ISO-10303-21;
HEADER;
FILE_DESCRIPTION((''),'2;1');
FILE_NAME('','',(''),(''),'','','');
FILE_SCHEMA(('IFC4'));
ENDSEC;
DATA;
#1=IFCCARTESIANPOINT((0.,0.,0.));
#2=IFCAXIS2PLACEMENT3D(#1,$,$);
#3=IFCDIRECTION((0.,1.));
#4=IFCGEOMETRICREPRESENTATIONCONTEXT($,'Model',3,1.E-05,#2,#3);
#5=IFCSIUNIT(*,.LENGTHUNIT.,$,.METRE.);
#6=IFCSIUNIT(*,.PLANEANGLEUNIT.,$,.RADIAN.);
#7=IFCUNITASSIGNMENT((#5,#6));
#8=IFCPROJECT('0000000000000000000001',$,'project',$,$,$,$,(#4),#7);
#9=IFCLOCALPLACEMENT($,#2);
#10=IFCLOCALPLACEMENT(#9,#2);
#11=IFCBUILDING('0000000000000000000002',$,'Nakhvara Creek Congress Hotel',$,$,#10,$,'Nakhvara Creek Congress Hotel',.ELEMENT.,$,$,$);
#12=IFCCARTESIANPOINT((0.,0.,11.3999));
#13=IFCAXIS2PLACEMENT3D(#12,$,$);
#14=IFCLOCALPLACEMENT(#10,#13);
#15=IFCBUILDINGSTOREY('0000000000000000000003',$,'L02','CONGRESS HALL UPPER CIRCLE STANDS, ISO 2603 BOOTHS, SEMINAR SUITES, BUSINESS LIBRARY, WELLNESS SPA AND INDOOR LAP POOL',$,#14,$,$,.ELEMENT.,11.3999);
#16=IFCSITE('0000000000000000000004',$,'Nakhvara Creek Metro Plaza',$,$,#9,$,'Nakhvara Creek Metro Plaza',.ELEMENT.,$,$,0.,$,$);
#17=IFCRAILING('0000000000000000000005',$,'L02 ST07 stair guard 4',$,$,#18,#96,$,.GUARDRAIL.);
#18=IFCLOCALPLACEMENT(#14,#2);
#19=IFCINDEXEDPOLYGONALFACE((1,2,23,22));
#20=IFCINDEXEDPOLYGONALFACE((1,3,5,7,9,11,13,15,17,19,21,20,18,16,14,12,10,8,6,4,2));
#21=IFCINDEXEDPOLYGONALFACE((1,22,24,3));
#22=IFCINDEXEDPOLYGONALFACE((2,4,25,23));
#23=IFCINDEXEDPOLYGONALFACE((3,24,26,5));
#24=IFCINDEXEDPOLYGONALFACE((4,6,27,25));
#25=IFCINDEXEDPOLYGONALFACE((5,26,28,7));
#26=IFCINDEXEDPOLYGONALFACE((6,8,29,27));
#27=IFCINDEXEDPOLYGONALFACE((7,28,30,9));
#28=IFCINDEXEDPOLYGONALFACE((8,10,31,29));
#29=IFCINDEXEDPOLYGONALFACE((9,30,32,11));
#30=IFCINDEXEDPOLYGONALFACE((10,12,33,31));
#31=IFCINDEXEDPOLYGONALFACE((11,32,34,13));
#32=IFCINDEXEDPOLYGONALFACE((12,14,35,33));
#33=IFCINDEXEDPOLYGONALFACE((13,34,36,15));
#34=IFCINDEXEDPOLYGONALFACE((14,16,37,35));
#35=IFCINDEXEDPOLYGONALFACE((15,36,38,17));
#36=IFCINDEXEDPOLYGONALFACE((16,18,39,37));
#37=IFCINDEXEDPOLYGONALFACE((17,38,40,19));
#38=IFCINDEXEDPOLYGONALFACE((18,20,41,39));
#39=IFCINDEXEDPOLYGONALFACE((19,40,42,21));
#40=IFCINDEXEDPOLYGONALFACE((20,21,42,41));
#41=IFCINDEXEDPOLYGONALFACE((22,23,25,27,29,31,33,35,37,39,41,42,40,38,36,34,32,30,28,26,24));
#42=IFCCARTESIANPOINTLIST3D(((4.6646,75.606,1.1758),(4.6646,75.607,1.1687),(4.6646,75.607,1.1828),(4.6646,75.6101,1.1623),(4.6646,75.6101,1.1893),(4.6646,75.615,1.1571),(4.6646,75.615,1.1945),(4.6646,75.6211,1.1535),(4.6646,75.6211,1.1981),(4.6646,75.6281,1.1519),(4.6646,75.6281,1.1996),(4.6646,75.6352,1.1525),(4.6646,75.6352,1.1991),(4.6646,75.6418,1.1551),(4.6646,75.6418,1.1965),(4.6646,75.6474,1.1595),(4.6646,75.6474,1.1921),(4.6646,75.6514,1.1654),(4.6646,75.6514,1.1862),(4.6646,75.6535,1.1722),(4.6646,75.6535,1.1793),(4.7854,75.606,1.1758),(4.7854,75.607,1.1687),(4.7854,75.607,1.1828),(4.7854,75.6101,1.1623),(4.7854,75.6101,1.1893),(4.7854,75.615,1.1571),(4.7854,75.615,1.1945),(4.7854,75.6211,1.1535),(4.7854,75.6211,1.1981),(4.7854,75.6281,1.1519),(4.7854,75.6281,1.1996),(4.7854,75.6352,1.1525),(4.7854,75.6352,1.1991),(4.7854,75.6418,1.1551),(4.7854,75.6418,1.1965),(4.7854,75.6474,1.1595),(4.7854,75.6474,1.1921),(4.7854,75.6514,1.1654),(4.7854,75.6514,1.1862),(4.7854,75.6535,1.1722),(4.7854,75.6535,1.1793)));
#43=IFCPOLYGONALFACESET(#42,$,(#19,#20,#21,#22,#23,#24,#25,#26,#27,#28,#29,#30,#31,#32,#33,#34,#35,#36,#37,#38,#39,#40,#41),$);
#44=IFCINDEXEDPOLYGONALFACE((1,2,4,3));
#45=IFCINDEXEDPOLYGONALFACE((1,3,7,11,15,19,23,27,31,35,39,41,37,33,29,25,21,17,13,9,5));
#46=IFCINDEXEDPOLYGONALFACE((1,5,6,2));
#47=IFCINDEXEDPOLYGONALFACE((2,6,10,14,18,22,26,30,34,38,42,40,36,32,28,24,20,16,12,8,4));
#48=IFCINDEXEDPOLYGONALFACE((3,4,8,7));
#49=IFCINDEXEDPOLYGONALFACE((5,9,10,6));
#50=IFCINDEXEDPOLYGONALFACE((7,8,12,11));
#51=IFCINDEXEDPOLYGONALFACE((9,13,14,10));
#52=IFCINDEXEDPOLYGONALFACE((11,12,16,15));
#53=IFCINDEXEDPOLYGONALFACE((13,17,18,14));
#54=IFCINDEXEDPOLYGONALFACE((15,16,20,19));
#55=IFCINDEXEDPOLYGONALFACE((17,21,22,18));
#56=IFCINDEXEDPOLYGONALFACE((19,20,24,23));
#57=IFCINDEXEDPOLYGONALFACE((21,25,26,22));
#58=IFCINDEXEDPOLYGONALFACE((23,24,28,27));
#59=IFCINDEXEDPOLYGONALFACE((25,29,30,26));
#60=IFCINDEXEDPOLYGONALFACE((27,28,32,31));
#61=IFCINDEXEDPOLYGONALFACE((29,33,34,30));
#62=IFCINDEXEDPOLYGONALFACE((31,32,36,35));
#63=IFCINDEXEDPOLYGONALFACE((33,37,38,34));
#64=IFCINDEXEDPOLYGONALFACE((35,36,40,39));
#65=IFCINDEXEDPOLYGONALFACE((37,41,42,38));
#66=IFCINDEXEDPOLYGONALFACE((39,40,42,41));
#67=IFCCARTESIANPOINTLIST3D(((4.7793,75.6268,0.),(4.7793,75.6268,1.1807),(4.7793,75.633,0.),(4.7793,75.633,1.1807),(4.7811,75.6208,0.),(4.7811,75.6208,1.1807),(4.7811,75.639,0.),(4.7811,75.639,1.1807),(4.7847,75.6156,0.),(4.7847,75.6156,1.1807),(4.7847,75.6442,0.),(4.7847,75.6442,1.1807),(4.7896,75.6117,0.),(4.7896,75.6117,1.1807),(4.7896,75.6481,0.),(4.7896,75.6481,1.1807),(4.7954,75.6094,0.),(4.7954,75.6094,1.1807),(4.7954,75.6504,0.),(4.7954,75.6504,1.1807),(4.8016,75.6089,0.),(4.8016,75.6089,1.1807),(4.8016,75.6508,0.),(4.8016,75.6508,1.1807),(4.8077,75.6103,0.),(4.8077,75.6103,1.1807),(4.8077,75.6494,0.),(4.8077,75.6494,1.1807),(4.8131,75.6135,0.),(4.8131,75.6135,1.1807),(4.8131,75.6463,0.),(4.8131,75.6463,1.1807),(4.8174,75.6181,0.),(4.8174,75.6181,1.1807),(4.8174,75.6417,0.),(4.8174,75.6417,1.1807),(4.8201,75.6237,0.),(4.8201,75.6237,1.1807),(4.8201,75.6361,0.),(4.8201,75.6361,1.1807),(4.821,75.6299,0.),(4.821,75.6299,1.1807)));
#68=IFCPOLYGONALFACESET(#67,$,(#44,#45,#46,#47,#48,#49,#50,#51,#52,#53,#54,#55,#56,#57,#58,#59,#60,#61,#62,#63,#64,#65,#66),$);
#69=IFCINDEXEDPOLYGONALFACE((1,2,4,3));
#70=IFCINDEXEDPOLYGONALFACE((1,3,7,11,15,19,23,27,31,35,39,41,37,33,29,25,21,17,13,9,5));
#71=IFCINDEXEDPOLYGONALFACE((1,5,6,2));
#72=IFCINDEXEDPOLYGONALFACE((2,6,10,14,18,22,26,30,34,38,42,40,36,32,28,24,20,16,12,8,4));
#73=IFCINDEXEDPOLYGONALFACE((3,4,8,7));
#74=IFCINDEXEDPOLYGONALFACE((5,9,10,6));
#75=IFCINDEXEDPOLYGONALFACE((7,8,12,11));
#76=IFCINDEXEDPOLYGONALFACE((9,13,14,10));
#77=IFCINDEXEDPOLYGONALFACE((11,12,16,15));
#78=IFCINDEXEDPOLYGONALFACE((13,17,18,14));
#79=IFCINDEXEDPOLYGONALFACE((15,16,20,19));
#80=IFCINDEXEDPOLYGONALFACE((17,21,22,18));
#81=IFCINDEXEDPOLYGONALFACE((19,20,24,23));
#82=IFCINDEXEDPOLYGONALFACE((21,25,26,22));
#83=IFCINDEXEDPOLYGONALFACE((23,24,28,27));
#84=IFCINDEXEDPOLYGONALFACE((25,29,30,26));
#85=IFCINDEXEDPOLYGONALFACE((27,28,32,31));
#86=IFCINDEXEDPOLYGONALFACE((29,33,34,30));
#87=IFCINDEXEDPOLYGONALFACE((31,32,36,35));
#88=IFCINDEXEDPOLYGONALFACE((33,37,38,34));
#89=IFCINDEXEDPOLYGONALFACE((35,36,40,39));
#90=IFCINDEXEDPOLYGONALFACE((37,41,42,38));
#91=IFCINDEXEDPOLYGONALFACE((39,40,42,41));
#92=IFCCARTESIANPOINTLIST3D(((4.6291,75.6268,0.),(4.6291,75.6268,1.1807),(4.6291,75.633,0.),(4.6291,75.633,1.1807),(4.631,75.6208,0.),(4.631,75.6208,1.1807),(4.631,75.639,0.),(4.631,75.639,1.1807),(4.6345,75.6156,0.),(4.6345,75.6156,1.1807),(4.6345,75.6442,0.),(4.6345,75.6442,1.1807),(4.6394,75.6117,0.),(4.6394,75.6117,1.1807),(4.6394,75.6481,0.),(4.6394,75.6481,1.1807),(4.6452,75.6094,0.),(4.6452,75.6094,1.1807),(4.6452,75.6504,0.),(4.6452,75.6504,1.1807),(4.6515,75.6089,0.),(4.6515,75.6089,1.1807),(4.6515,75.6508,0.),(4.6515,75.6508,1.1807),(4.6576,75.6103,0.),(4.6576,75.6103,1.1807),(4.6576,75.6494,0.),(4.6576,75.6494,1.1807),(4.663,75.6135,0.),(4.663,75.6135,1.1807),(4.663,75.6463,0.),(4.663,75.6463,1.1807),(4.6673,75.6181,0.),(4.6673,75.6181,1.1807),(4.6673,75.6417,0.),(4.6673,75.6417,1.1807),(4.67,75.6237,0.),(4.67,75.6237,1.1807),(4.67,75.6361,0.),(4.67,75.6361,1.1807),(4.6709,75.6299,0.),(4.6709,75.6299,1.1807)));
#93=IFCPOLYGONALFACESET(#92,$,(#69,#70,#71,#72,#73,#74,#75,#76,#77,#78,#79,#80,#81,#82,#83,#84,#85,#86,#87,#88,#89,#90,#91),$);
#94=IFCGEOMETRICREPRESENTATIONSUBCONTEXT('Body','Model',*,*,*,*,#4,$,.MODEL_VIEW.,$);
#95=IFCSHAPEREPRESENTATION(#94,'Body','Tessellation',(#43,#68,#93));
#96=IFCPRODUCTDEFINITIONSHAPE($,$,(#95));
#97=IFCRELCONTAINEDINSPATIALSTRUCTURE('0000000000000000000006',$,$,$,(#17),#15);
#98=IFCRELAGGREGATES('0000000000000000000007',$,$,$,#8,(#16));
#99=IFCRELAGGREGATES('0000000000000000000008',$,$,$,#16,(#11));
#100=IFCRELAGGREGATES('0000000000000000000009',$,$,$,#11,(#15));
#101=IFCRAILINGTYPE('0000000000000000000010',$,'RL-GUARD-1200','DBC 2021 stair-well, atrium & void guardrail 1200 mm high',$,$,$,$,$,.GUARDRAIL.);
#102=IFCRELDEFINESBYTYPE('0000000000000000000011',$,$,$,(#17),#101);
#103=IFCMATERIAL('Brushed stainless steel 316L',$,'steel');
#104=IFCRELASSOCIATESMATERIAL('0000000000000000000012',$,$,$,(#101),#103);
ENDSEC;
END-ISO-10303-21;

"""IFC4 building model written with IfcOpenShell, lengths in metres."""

from ifc_helpers import new_model, si_unit, direction, frame, origin, origin_2d, place, context, subcontext, project, spatial, circle, extrude, material, type_object, element, save


model = new_model("IFC4")

# Units and contexts
model_context = context("Model", 3, precision=1e-05, world=origin(), true_north=direction((0.0, 1.0)))
body_context = subcontext(model_context, "Body", "Model", "MODEL_VIEW")
ifc_project = project(units=[si_unit("LENGTHUNIT", "METRE"), si_unit("PLANEANGLEUNIT", "RADIAN")], contexts=[model_context])

# Site, building, storey
site_placement = place(None, origin())
site = spatial("IfcSite", under=ifc_project, at=site_placement, Name="Nakhvara Creek Metro Plaza", LongName="Nakhvara Creek Metro Plaza", CompositionType="ELEMENT", RefElevation=0.0)
building_placement = place(site_placement, origin())
building = spatial("IfcBuilding", under=site, at=building_placement, Name="Nakhvara Creek Congress Hotel", LongName="Nakhvara Creek Congress Hotel", CompositionType="ELEMENT")
storey_placement = place(building_placement, frame((0.0, 0.0, 11.3999)))
storey = spatial("IfcBuildingStorey", under=building, at=storey_placement, Name="L02", Description="CONGRESS HALL UPPER CIRCLE STANDS, ISO 2603 BOOTHS, SEMINAR SUITES, BUSINESS LIBRARY, WELLNESS SPA AND INDOOR LAP POOL", CompositionType="ELEMENT", Elevation=11.3999)

# Railing
ifc_material_1 = material(Name="Brushed stainless steel 316L", Category="steel")
railing_type_1 = type_object("IfcRailingType", Name="RL-GUARD-1200", Description="DBC 2021 stair-well, atrium & void guardrail 1200 mm high", PredefinedType="GUARDRAIL", material=ifc_material_1)
railing_1_placement = place(storey_placement, frame((4.8, 75.6299, 0.0)))
element("IfcRailing", 1, at=railing_1_placement, inside=storey, type_object=railing_type_1, Name="L02 ST07 stair guard 4", PredefinedType="GUARDRAIL", context=body_context, shape_type="SweptSolid", body=[
    extrude(circle(Radius=0.0239, at=origin_2d()), frame((-0.0146, 0.0, 1.1758), z_axis=(-1.0, 0.0, 0.0), x_axis=(0.0, -1.0, 0.0)), (0.0, 0.0, 1.0), 0.1208),
    extrude(circle(Radius=0.021, at=origin_2d()), origin(), (0.0, 0.0, 1.0), 1.1807),
    extrude(circle(Radius=0.021, at=origin_2d()), frame((-0.1501, 0.0, 0.0)), (0.0, 0.0, 1.0), 1.1807),
])

save(model, "model.ifc")
